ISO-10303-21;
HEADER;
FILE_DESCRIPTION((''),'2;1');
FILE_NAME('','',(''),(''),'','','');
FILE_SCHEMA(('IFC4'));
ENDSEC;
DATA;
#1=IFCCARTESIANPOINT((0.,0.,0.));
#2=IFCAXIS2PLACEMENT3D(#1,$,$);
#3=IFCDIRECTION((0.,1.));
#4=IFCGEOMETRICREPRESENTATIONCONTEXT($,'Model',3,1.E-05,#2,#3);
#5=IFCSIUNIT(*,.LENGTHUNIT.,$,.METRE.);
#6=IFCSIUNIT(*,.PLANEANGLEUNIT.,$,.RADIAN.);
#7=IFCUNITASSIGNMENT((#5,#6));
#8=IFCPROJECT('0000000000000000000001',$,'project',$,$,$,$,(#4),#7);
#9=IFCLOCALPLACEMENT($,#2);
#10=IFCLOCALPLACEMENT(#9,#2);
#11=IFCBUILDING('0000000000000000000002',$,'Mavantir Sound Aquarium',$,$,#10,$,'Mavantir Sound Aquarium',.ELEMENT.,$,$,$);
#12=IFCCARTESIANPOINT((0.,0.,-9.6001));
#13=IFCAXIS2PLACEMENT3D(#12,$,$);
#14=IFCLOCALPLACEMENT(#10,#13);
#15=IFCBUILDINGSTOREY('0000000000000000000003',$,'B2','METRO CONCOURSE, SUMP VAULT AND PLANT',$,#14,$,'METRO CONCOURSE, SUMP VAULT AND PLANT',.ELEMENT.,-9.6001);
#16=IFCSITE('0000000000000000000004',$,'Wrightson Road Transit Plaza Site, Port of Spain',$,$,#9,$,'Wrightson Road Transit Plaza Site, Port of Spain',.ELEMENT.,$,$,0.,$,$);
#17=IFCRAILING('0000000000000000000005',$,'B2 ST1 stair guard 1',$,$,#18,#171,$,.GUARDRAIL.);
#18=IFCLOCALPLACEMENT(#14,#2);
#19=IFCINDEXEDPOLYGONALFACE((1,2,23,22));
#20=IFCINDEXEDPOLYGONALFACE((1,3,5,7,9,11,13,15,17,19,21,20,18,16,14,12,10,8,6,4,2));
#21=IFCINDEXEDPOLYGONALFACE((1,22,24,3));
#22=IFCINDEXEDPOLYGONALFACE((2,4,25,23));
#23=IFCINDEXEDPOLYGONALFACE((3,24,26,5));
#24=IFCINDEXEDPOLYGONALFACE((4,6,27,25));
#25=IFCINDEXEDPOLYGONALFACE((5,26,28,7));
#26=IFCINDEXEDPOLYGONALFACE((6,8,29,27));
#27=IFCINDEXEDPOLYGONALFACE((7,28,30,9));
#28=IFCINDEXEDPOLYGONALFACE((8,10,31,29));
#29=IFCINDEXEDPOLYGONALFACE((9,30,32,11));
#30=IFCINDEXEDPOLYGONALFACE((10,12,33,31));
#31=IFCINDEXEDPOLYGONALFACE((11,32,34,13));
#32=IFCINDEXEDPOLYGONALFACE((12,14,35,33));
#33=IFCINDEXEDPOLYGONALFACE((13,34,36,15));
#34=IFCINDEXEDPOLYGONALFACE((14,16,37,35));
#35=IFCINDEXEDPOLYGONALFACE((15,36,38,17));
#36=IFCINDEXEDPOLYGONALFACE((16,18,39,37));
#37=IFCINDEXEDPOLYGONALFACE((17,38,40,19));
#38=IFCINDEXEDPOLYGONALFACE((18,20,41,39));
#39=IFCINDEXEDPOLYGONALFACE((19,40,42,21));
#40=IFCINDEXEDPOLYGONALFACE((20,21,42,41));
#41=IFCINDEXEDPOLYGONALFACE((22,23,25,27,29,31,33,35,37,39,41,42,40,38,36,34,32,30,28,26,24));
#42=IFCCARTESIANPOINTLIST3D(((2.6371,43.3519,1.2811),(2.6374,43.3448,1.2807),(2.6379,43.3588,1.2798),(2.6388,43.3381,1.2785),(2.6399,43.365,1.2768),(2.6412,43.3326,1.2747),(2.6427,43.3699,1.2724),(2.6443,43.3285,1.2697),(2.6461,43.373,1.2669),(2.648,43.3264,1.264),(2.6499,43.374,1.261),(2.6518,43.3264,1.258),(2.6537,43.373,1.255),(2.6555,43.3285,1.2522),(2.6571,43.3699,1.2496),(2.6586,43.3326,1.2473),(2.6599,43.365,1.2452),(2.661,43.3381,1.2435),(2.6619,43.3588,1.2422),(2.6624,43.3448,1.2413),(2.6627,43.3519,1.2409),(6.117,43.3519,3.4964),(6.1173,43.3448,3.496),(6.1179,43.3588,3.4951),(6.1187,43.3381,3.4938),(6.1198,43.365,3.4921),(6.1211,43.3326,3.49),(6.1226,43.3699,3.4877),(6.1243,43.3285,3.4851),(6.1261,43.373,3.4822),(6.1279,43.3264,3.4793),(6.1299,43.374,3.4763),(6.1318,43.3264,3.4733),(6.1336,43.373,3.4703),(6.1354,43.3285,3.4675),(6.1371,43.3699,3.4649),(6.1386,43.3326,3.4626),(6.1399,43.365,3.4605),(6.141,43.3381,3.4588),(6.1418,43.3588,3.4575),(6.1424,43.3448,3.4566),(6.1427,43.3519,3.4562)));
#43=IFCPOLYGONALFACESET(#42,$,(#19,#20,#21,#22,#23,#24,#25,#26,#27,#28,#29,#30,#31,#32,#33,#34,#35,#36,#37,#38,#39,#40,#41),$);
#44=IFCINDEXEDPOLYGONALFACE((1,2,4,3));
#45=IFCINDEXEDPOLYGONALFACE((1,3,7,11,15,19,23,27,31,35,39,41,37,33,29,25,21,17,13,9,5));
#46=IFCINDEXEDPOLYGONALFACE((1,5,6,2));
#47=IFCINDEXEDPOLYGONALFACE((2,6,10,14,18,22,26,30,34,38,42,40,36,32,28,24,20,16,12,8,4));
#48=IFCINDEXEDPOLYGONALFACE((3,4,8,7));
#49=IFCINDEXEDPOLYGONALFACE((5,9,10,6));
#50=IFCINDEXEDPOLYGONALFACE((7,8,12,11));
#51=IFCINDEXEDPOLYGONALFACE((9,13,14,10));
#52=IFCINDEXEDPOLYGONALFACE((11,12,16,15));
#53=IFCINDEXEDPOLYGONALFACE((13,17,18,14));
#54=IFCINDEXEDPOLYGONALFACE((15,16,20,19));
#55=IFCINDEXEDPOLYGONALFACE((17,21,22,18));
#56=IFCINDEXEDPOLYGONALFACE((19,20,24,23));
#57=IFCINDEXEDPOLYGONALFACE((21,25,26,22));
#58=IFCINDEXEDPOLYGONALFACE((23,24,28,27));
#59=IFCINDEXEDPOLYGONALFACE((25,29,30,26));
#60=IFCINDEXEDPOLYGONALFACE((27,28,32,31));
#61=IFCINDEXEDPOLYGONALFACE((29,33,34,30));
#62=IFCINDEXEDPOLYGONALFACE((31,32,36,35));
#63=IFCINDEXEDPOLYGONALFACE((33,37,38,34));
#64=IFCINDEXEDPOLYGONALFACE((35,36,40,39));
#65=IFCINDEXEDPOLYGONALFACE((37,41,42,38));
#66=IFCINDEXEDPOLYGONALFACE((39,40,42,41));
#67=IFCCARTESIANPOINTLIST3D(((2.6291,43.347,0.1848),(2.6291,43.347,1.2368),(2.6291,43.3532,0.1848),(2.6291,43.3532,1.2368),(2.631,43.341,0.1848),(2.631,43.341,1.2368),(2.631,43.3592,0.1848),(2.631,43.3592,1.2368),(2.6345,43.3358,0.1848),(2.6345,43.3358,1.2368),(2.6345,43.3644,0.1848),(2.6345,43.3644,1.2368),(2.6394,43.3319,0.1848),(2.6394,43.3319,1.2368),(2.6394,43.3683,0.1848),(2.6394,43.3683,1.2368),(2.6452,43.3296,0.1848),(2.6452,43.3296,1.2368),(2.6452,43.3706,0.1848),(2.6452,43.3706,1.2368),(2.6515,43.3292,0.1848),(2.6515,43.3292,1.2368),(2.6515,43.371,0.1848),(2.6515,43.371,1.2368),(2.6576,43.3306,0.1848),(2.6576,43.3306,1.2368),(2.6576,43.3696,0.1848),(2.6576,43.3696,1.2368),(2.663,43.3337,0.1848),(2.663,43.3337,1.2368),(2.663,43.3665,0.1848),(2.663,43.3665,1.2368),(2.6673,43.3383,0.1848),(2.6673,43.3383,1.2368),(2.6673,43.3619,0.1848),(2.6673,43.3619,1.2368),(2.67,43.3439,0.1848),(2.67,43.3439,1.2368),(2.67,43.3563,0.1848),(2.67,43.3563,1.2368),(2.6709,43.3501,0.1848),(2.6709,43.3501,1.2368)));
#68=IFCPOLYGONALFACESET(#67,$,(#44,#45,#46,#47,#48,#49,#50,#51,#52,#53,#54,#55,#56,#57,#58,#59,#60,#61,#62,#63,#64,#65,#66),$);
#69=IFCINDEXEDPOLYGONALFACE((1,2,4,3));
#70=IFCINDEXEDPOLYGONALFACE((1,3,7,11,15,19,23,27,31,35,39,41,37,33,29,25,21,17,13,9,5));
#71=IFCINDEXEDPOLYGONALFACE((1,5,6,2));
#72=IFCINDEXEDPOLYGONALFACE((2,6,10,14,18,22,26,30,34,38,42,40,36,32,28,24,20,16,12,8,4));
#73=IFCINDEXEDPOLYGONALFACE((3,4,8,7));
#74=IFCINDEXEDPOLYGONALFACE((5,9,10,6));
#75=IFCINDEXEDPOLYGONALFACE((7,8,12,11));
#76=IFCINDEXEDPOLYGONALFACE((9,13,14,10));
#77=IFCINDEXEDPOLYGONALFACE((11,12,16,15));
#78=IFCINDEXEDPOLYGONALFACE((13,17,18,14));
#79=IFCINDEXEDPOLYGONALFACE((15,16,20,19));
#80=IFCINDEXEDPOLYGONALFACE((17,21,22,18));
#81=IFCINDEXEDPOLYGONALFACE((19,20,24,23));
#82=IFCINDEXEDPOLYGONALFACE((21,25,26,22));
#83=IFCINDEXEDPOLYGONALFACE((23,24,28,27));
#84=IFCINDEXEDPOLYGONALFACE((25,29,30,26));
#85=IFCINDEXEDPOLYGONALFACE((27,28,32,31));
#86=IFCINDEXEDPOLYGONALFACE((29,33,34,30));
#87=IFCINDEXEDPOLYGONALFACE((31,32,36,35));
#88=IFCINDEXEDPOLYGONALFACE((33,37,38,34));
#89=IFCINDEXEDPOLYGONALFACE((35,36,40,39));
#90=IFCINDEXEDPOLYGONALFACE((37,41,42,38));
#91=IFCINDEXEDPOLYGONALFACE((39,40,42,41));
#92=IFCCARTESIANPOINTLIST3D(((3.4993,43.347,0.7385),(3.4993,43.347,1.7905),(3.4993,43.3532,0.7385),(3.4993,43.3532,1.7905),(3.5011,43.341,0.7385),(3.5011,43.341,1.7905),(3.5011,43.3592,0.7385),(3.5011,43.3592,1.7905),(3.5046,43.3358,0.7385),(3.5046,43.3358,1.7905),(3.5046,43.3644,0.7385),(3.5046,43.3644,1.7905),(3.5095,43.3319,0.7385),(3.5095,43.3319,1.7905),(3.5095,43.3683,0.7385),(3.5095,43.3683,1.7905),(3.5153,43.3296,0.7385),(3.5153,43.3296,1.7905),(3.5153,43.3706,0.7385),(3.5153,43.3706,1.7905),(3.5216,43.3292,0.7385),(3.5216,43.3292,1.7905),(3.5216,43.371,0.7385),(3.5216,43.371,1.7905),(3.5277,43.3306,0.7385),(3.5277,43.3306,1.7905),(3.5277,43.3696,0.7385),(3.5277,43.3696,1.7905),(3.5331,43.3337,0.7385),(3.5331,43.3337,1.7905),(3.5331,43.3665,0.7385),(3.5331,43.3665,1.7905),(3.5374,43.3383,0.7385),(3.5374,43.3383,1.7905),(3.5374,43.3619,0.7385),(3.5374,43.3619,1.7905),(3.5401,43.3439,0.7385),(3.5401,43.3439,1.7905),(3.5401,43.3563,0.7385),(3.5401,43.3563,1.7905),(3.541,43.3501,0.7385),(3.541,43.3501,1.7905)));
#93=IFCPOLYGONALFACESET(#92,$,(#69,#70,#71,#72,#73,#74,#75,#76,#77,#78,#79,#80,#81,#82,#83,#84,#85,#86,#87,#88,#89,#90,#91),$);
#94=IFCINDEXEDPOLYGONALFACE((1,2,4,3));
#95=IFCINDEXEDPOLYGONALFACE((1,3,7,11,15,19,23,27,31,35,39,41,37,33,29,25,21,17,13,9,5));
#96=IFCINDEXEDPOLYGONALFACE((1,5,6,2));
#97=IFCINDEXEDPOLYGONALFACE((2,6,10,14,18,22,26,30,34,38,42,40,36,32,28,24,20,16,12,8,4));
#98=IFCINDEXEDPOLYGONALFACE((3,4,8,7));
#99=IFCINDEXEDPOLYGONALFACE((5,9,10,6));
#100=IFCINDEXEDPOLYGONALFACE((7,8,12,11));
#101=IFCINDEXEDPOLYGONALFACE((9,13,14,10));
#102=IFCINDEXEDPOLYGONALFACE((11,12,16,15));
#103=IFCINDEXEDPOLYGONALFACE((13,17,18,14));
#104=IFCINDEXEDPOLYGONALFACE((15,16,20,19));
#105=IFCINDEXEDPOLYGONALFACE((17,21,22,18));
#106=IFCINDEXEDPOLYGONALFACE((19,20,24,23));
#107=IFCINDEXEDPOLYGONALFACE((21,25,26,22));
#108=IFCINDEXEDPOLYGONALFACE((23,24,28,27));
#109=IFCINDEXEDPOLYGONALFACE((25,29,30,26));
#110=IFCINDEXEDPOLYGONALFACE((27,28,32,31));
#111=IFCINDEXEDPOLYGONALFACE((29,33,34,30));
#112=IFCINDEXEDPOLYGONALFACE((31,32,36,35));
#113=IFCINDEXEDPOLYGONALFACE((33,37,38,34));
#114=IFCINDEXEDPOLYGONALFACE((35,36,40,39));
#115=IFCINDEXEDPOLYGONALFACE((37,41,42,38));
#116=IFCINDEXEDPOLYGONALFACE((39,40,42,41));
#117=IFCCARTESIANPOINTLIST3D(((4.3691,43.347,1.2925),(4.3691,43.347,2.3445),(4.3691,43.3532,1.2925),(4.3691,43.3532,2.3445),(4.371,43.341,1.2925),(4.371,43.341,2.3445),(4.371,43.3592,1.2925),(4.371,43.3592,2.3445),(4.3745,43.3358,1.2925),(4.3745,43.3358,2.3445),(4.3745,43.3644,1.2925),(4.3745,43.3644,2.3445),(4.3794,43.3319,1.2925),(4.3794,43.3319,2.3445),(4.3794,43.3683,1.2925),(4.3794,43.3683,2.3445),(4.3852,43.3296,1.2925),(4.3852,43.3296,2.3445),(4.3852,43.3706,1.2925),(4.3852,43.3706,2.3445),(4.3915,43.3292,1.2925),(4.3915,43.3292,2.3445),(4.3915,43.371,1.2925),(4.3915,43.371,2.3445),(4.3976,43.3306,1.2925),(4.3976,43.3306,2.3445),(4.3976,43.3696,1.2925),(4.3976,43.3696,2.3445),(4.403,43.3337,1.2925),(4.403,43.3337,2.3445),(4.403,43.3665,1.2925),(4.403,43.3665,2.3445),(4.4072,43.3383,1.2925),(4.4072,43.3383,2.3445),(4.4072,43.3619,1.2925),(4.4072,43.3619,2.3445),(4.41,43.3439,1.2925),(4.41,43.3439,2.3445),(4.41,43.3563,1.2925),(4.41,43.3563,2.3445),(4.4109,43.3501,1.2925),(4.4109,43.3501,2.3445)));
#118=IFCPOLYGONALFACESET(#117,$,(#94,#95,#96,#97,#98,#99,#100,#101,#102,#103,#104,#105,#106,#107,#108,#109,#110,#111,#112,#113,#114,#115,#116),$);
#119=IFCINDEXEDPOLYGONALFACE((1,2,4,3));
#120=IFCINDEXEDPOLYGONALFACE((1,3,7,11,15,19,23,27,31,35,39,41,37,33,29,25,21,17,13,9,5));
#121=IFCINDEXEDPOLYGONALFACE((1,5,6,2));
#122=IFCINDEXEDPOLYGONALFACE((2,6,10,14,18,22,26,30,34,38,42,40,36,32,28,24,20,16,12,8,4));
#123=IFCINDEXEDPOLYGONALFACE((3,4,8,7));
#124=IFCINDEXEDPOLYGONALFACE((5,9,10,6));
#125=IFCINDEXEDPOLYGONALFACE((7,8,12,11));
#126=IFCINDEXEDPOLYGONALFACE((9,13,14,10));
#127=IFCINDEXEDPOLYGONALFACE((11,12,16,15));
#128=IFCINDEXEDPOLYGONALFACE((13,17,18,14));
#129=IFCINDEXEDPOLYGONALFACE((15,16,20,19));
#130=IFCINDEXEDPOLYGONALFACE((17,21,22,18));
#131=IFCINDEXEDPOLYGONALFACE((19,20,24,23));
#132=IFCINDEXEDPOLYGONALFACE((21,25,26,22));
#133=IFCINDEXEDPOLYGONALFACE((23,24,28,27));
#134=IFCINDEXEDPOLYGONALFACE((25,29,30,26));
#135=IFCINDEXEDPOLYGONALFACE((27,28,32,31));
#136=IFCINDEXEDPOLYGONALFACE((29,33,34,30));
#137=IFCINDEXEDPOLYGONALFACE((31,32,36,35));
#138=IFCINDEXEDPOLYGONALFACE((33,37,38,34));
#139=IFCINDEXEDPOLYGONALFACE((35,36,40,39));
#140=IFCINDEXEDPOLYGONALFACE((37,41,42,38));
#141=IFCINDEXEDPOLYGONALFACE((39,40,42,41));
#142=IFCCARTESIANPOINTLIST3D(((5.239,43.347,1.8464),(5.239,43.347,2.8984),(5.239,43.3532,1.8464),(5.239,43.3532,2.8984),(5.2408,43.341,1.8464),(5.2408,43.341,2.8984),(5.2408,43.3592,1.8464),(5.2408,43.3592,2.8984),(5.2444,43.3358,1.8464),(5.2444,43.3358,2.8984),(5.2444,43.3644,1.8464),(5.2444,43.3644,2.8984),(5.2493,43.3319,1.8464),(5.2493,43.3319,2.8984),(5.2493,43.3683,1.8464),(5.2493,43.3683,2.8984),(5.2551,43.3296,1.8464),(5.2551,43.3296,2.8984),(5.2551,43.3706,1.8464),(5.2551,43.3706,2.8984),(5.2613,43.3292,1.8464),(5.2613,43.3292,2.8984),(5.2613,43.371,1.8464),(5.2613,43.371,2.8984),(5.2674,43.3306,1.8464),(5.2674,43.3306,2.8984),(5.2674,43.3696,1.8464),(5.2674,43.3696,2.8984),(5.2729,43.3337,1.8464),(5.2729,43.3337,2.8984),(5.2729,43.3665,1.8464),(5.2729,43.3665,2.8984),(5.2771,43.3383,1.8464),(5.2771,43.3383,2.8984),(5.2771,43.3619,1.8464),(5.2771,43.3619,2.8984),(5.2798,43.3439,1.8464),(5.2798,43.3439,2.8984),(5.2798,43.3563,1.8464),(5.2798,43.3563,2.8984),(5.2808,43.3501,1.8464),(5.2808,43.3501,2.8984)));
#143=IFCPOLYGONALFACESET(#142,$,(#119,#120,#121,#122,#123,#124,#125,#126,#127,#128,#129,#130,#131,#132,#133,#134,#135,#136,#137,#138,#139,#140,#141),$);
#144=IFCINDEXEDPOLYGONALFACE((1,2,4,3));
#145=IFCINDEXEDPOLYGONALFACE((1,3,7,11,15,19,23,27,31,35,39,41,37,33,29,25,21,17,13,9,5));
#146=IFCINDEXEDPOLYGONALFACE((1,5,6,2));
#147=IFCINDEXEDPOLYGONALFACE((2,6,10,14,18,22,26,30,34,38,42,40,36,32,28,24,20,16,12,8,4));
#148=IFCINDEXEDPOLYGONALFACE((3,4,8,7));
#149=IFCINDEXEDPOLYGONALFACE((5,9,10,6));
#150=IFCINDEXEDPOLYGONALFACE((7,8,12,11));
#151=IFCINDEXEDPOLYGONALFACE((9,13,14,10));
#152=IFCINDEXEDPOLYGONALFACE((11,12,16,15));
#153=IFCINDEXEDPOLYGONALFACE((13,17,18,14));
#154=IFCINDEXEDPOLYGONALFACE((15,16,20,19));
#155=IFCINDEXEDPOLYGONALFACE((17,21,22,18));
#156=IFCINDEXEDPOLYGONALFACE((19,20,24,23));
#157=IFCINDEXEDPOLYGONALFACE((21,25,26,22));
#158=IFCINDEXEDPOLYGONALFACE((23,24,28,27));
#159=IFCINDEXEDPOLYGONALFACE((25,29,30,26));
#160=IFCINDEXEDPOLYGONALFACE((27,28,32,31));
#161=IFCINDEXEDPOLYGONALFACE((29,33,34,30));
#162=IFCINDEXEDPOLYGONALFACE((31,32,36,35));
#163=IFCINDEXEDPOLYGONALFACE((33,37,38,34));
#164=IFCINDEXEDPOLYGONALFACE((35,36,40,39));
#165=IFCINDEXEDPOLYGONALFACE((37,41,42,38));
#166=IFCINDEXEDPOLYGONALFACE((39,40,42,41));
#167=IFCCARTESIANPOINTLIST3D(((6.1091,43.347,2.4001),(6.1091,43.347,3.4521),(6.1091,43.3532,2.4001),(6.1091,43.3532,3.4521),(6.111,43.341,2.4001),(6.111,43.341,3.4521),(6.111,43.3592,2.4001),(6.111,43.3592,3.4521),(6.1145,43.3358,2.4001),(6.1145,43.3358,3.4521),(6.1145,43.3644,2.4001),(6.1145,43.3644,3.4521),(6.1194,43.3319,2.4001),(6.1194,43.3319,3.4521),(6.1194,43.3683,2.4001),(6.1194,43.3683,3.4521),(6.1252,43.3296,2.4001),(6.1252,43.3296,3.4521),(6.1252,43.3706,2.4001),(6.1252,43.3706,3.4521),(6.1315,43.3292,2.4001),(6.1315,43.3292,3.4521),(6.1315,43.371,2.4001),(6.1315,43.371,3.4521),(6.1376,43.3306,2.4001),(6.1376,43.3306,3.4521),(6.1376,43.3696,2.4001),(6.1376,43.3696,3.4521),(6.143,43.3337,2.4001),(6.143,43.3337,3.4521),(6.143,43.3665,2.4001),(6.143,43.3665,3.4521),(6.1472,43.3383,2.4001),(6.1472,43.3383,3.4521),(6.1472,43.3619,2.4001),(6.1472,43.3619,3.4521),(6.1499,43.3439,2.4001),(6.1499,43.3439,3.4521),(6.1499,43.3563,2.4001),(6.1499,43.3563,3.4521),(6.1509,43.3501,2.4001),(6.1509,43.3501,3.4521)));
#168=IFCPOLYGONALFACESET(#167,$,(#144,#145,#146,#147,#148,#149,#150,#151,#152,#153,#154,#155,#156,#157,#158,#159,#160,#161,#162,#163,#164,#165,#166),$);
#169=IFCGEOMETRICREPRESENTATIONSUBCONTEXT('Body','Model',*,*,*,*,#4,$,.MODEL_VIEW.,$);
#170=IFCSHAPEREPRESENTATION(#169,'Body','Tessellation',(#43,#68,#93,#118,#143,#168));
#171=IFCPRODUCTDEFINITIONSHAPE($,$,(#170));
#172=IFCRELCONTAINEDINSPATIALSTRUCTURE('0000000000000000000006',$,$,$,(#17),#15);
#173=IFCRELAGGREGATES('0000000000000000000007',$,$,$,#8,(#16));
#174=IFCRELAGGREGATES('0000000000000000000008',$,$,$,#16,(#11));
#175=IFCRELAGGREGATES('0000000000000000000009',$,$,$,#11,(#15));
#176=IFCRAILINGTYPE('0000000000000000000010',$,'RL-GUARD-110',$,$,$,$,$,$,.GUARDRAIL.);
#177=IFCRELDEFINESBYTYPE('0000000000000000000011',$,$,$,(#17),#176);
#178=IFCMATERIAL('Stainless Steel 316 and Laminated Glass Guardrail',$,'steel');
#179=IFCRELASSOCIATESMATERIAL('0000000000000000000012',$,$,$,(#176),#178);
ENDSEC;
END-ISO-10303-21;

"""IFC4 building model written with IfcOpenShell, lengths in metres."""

from ifc_helpers import new_model, si_unit, direction, frame, origin, origin_2d, place, context, subcontext, project, spatial, circle, extrude, material, type_object, element, save


model = new_model("IFC4")

# Units and contexts
model_context = context("Model", 3, precision=1e-05, world=origin(), true_north=direction((0.0, 1.0)))
body_context = subcontext(model_context, "Body", "Model", "MODEL_VIEW")
ifc_project = project(units=[si_unit("LENGTHUNIT", "METRE"), si_unit("PLANEANGLEUNIT", "RADIAN")], contexts=[model_context])

# Site, building, storey
site_placement = place(None, origin())
site = spatial("IfcSite", under=ifc_project, at=site_placement, Name="Wrightson Road Transit Plaza Site, Port of Spain", LongName="Wrightson Road Transit Plaza Site, Port of Spain", CompositionType="ELEMENT", RefElevation=0.0)
building_placement = place(site_placement, origin())
building = spatial("IfcBuilding", under=site, at=building_placement, Name="Mavantir Sound Aquarium", LongName="Mavantir Sound Aquarium", CompositionType="ELEMENT")
storey_placement = place(building_placement, frame((0.0, 0.0, -9.6001)))
storey = spatial("IfcBuildingStorey", under=building, at=storey_placement, Name="B2", Description="METRO CONCOURSE, SUMP VAULT AND PLANT", LongName="METRO CONCOURSE, SUMP VAULT AND PLANT", CompositionType="ELEMENT", Elevation=-9.6001)

# Railing
ifc_material_1 = material(Name="Stainless Steel 316 and Laminated Glass Guardrail", Category="steel")
railing_type_1 = type_object("IfcRailingType", Name="RL-GUARD-110", PredefinedType="GUARDRAIL", material=ifc_material_1)
railing_1_placement = place(storey_placement, frame((2.6499, 43.3501, 0.1848)))
element("IfcRailing", 1, at=railing_1_placement, inside=storey, type_object=railing_type_1, Name="B2 ST1 stair guard 1", PredefinedType="GUARDRAIL", context=body_context, shape_type="SweptSolid", body=[
    extrude(circle(Radius=0.0239, at=origin_2d()), frame((0.0, 0.0, 1.0762), z_axis=(0.843574, 0.0, 0.537013), x_axis=(0.0, 1.0, 0.0)), (0.0, 0.0, 1.0), 4.1252),
    extrude(circle(Radius=0.021, at=origin_2d()), origin(), (0.0, 0.0, 1.0), 1.052),
    extrude(circle(Radius=0.021, at=origin_2d()), frame((0.8701, 0.0, 0.5537)), (0.0, 0.0, 1.0), 1.052),
    extrude(circle(Radius=0.021, at=origin_2d()), frame((1.74, 0.0, 1.1077)), (0.0, 0.0, 1.0), 1.052),
    extrude(circle(Radius=0.021, at=origin_2d()), frame((2.6099, 0.0, 1.6616)), (0.0, 0.0, 1.0), 1.052),
    extrude(circle(Radius=0.021, at=origin_2d()), frame((3.48, 0.0, 2.2153)), (0.0, 0.0, 1.0), 1.052),
])

save(model, "model.ifc")
